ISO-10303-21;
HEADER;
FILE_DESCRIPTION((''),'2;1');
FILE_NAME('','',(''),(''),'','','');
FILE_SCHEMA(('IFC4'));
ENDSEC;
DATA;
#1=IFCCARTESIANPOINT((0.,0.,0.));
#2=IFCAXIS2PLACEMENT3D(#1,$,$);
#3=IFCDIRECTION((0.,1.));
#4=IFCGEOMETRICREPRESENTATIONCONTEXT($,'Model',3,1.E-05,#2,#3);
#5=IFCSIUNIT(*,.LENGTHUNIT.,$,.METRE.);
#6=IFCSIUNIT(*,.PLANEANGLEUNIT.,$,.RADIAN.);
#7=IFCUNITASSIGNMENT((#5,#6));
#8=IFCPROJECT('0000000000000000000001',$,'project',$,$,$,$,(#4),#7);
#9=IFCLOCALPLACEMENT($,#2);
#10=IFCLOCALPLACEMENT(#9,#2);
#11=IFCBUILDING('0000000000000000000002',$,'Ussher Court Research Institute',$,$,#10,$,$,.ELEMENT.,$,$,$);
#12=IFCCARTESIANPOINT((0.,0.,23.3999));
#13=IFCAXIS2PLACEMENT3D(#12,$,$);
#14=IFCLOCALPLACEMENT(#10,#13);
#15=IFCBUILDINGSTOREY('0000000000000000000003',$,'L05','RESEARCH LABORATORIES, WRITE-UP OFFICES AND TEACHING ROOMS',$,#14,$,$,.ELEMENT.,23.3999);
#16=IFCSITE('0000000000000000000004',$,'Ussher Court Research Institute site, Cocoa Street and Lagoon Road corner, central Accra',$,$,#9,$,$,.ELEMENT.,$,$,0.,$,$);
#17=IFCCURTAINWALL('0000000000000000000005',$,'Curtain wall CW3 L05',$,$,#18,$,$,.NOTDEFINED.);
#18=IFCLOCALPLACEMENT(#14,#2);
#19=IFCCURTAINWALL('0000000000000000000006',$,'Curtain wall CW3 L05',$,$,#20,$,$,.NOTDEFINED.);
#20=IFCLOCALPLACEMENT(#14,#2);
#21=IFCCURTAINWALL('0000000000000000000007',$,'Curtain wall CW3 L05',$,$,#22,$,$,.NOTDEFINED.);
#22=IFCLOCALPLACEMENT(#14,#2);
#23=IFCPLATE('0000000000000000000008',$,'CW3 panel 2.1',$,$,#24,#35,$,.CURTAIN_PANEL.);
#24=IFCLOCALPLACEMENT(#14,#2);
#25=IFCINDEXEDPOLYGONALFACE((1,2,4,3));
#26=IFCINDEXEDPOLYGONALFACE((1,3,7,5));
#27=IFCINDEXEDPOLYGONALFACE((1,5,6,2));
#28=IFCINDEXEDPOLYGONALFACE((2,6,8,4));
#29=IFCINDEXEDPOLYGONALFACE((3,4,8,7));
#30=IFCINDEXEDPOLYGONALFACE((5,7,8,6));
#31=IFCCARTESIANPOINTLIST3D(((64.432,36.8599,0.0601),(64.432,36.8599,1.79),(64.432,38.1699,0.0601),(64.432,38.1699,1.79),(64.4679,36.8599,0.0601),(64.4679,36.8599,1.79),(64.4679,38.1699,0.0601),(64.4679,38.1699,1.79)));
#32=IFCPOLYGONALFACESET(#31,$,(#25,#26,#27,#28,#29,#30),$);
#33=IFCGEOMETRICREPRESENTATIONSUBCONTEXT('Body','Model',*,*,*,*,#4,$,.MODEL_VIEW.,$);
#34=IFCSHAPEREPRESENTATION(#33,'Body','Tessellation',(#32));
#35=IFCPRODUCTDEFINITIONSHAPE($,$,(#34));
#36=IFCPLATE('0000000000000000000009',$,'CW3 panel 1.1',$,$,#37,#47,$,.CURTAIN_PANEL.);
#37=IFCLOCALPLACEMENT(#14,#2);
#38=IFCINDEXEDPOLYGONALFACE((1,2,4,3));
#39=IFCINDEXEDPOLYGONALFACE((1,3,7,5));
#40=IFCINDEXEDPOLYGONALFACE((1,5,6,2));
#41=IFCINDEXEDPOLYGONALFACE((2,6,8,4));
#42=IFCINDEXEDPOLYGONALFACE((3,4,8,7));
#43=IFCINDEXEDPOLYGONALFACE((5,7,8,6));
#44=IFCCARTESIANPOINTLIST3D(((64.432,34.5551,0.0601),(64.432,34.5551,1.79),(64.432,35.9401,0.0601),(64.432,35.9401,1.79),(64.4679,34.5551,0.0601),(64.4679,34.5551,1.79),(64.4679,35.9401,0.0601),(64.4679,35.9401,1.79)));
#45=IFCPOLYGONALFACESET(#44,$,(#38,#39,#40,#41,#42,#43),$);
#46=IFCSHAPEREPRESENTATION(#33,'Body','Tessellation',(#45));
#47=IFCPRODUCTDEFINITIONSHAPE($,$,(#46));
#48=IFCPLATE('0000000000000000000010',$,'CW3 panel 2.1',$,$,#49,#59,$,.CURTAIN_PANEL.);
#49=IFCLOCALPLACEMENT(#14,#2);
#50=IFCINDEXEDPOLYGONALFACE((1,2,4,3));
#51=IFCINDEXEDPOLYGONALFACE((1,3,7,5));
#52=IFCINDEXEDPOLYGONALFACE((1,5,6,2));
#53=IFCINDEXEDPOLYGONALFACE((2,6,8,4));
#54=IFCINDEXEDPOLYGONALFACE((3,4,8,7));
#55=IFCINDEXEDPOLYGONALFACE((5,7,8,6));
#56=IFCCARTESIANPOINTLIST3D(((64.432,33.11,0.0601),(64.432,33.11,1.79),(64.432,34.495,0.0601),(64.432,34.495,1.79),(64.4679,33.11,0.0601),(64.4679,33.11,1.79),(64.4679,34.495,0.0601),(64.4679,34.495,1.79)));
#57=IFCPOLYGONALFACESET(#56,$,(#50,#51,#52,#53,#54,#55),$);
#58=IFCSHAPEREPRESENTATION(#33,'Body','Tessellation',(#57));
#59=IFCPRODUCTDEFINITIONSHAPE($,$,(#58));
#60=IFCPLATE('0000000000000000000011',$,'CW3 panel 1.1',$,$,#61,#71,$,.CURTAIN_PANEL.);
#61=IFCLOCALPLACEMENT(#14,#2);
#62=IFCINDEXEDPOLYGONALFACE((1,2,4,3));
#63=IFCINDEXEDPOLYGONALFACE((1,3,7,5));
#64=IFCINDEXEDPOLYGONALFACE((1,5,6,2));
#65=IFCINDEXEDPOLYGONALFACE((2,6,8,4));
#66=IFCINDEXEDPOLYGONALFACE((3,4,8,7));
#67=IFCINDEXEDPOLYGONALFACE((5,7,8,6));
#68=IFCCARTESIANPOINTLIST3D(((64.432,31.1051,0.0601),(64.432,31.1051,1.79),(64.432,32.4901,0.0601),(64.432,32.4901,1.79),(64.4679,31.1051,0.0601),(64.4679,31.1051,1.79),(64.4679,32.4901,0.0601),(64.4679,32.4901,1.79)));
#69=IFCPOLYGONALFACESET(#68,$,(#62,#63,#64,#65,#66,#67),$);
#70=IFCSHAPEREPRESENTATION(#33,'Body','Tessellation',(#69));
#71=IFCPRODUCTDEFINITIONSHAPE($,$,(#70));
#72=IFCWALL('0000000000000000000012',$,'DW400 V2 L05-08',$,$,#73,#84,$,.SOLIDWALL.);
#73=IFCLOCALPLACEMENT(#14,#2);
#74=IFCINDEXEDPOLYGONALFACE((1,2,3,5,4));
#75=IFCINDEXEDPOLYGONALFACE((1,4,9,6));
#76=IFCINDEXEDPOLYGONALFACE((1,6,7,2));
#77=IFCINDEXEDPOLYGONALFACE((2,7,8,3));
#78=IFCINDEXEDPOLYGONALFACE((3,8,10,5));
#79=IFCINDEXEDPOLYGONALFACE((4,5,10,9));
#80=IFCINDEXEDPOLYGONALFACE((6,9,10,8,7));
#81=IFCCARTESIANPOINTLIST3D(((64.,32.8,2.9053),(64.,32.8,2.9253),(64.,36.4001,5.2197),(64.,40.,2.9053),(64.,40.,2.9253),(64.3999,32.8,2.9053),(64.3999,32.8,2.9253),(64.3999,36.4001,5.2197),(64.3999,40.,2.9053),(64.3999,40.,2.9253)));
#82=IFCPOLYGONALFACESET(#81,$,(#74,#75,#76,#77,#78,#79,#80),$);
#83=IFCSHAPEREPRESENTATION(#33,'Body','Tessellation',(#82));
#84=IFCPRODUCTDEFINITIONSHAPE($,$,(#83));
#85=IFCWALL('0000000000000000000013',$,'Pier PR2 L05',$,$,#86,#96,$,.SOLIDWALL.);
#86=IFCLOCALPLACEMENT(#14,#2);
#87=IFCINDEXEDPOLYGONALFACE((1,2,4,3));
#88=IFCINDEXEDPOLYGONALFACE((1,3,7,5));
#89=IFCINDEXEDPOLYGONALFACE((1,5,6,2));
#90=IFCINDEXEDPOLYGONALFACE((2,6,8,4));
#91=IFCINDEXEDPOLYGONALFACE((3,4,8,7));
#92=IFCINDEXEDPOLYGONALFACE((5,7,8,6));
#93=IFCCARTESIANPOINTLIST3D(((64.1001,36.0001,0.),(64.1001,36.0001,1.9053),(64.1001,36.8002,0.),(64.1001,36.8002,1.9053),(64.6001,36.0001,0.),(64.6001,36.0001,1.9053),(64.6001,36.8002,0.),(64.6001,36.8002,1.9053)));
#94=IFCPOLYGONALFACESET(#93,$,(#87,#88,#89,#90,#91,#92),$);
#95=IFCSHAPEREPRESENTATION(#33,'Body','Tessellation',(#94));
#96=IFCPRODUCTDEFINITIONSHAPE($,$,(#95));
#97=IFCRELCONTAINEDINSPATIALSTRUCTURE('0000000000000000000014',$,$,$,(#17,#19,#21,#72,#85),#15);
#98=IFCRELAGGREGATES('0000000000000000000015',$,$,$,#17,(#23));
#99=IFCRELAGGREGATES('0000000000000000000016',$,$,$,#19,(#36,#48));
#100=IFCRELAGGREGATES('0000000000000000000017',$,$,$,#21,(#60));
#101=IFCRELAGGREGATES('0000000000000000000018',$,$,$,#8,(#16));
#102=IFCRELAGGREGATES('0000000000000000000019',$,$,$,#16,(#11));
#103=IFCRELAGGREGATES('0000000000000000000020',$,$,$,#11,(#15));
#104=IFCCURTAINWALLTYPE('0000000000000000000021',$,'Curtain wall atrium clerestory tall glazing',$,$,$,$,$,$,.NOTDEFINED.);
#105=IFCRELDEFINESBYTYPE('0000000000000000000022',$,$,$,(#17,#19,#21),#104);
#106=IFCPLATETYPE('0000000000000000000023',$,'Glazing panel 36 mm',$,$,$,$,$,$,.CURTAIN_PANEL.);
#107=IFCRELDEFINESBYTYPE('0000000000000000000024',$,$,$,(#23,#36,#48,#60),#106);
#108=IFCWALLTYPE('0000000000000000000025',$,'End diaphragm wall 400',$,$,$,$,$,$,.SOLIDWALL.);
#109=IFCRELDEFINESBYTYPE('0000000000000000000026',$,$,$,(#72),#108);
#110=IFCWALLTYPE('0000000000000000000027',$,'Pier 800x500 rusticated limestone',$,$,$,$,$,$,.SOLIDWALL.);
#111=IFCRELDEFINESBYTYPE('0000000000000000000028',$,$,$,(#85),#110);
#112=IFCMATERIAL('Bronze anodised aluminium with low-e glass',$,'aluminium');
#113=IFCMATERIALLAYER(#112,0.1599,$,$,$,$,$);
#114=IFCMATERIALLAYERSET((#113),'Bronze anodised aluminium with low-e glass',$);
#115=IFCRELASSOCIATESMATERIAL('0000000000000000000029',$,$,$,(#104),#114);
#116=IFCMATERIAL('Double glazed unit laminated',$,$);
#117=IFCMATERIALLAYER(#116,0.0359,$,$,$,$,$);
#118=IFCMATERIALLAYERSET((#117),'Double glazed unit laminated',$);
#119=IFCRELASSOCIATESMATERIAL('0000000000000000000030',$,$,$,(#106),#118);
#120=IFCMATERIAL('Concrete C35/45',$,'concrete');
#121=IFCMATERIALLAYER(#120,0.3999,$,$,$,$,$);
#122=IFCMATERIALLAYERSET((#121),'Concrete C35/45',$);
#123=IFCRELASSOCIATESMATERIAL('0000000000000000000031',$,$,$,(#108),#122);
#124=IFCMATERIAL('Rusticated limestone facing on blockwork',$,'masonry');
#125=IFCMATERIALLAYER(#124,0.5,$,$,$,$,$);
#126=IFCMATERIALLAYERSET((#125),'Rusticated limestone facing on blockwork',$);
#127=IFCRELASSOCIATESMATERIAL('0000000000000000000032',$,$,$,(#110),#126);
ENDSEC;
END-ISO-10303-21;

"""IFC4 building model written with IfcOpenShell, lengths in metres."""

from ifc_helpers import new_model, si_unit, direction, frame, frame_2d, origin, origin_2d, place, context, subcontext, project, spatial, polyline, rectangle, outline, extrude, material, layer, layer_set, type_object, element, aggregate, save


model = new_model("IFC4")

# Units and contexts
model_context = context("Model", 3, precision=1e-05, world=origin(), true_north=direction((0.0, 1.0)))
body_context = subcontext(model_context, "Body", "Model", "MODEL_VIEW")
ifc_project = project(units=[si_unit("LENGTHUNIT", "METRE"), si_unit("PLANEANGLEUNIT", "RADIAN")], contexts=[model_context])

# Site, building, storey
site_placement = place(None, origin())
site = spatial("IfcSite", under=ifc_project, at=site_placement, Name="Ussher Court Research Institute site, Cocoa Street and Lagoon Road corner, central Accra", CompositionType="ELEMENT", RefElevation=0.0)
building_placement = place(site_placement, origin())
building = spatial("IfcBuilding", under=site, at=building_placement, Name="Ussher Court Research Institute", CompositionType="ELEMENT")
storey_placement = place(building_placement, frame((0.0, 0.0, 23.3999)))
storey = spatial("IfcBuildingStorey", under=building, at=storey_placement, Name="L05", Description="RESEARCH LABORATORIES, WRITE-UP OFFICES AND TEACHING ROOMS", CompositionType="ELEMENT", Elevation=23.3999)

# Curtain wall
ifc_material_1 = material(Name="Bronze anodised aluminium with low-e glass", Category="aluminium")
ifc_layer_1 = layer(ifc_material_1, 0.1599)
ifc_layer_set_1 = layer_set([ifc_layer_1], Name="Bronze anodised aluminium with low-e glass")
curtain_wall_type = type_object("IfcCurtainWallType", Name="Curtain wall atrium clerestory tall glazing", PredefinedType="NOTDEFINED", material=ifc_layer_set_1)
curtain_wall_1_placement = place(storey_placement, origin())
curtain_wall_1 = element("IfcCurtainWall", 1, at=curtain_wall_1_placement, inside=storey, type_object=curtain_wall_type, Name="Curtain wall CW3 L05", PredefinedType="NOTDEFINED")

# Curtain wall
curtain_wall_2_placement = place(storey_placement, origin())
curtain_wall_2 = element("IfcCurtainWall", 2, at=curtain_wall_2_placement, inside=storey, type_object=curtain_wall_type, Name="Curtain wall CW3 L05", PredefinedType="NOTDEFINED")

# Curtain wall
curtain_wall_3_placement = place(storey_placement, origin())
curtain_wall_3 = element("IfcCurtainWall", 3, at=curtain_wall_3_placement, inside=storey, type_object=curtain_wall_type, Name="Curtain wall CW3 L05", PredefinedType="NOTDEFINED")

# Plates
ifc_material_2 = material(Name="Double glazed unit laminated")
ifc_layer_2 = layer(ifc_material_2, 0.0359)
ifc_layer_set_2 = layer_set([ifc_layer_2], Name="Double glazed unit laminated")
plate_type = type_object("IfcPlateType", Name="Glazing panel 36 mm", PredefinedType="CURTAIN_PANEL", material=ifc_layer_set_2)
plate_1_placement = place(storey_placement, frame((64.45, 37.5149, 0.0601), z_axis=(0.0, 0.0, 1.0), x_axis=(0.0, -1.0, 0.0)))
plate_1 = element("IfcPlate", 4, at=plate_1_placement, type_object=plate_type, Name="CW3 panel 2.1", PredefinedType="CURTAIN_PANEL", context=body_context, shape_type="SweptSolid", body=[
    extrude(rectangle(XDim=1.3101, YDim=0.0359, at=origin_2d()), origin(), (0.0, 0.0, 1.0), 1.73),
])
aggregate(curtain_wall_1, [plate_1])
plate_2_placement = place(storey_placement, frame((64.45, 35.2476, 0.0601), z_axis=(0.0, 0.0, 1.0), x_axis=(0.0, -1.0, 0.0)))
plate_2 = element("IfcPlate", 5, at=plate_2_placement, type_object=plate_type, Name="CW3 panel 1.1", PredefinedType="CURTAIN_PANEL", context=body_context, shape_type="SweptSolid", body=[
    extrude(rectangle(XDim=1.385, YDim=0.0359, at=origin_2d()), origin(), (0.0, 0.0, 1.0), 1.73),
])
plate_3_placement = place(storey_placement, frame((64.45, 33.8025, 0.0601), z_axis=(0.0, 0.0, 1.0), x_axis=(0.0, -1.0, 0.0)))
plate_3 = element("IfcPlate", 6, at=plate_3_placement, type_object=plate_type, Name="CW3 panel 2.1", PredefinedType="CURTAIN_PANEL", context=body_context, shape_type="SweptSolid", body=[
    extrude(rectangle(XDim=1.385, YDim=0.0359, at=origin_2d()), origin(), (0.0, 0.0, 1.0), 1.73),
])
aggregate(curtain_wall_2, [plate_2, plate_3])
plate_4_placement = place(storey_placement, frame((64.45, 31.7976, 0.0601), z_axis=(0.0, 0.0, 1.0), x_axis=(0.0, -1.0, 0.0)))
plate_4 = element("IfcPlate", 7, at=plate_4_placement, type_object=plate_type, Name="CW3 panel 1.1", PredefinedType="CURTAIN_PANEL", context=body_context, shape_type="SweptSolid", body=[
    extrude(rectangle(XDim=1.385, YDim=0.0359, at=origin_2d()), origin(), (0.0, 0.0, 1.0), 1.73),
])
aggregate(curtain_wall_3, [plate_4])

# Walls
ifc_material_3 = material(Name="Concrete C35/45", Category="concrete")
ifc_layer_3 = layer(ifc_material_3, 0.3999)
ifc_layer_set_3 = layer_set([ifc_layer_3], Name="Concrete C35/45")
wall_type_1 = type_object("IfcWallType", Name="End diaphragm wall 400", PredefinedType="SOLIDWALL", material=ifc_layer_set_3)
wall_1_placement = place(storey_placement, frame((64.2, 32.8, 2.9053), z_axis=(0.0, 0.0, 1.0), x_axis=(0.0, 1.0, 0.0)))
element("IfcWall", 8, at=wall_1_placement, inside=storey, type_object=wall_type_1, Name="DW400 V2 L05-08", PredefinedType="SOLIDWALL", context=body_context, shape_type="SweptSolid", body=[
    extrude(outline(polyline([(0.0, 0.0), (7.2, 0.0), (7.2, 0.02), (3.6001, 2.3145), (0.0, 0.02), (0.0, 0.0)])), frame((0.0, 0.2, 0.0), z_axis=(0.0, -1.0, 0.0), x_axis=(1.0, 0.0, 0.0)), (0.0, 0.0, 1.0), 0.3999),
])
ifc_material_4 = material(Name="Rusticated limestone facing on blockwork", Category="masonry")
ifc_layer_4 = layer(ifc_material_4, 0.5)
ifc_layer_set_4 = layer_set([ifc_layer_4], Name="Rusticated limestone facing on blockwork")
wall_type_2 = type_object("IfcWallType", Name="Pier 800x500 rusticated limestone", PredefinedType="SOLIDWALL", material=ifc_layer_set_4)
wall_2_placement = place(storey_placement, frame((64.3501, 36.8, 0.0), z_axis=(0.0, 0.0, 1.0), x_axis=(0.0, -1.0, 0.0)))
element("IfcWall", 9, at=wall_2_placement, inside=storey, type_object=wall_type_2, Name="Pier PR2 L05", PredefinedType="SOLIDWALL", context=body_context, shape_type="SweptSolid", body=[
    extrude(rectangle(XDim=0.8, YDim=0.5, at=frame_2d((0.3999, 0.0))), origin(), (0.0, 0.0, 1.0), 1.9053),
])

save(model, "model.ifc")
